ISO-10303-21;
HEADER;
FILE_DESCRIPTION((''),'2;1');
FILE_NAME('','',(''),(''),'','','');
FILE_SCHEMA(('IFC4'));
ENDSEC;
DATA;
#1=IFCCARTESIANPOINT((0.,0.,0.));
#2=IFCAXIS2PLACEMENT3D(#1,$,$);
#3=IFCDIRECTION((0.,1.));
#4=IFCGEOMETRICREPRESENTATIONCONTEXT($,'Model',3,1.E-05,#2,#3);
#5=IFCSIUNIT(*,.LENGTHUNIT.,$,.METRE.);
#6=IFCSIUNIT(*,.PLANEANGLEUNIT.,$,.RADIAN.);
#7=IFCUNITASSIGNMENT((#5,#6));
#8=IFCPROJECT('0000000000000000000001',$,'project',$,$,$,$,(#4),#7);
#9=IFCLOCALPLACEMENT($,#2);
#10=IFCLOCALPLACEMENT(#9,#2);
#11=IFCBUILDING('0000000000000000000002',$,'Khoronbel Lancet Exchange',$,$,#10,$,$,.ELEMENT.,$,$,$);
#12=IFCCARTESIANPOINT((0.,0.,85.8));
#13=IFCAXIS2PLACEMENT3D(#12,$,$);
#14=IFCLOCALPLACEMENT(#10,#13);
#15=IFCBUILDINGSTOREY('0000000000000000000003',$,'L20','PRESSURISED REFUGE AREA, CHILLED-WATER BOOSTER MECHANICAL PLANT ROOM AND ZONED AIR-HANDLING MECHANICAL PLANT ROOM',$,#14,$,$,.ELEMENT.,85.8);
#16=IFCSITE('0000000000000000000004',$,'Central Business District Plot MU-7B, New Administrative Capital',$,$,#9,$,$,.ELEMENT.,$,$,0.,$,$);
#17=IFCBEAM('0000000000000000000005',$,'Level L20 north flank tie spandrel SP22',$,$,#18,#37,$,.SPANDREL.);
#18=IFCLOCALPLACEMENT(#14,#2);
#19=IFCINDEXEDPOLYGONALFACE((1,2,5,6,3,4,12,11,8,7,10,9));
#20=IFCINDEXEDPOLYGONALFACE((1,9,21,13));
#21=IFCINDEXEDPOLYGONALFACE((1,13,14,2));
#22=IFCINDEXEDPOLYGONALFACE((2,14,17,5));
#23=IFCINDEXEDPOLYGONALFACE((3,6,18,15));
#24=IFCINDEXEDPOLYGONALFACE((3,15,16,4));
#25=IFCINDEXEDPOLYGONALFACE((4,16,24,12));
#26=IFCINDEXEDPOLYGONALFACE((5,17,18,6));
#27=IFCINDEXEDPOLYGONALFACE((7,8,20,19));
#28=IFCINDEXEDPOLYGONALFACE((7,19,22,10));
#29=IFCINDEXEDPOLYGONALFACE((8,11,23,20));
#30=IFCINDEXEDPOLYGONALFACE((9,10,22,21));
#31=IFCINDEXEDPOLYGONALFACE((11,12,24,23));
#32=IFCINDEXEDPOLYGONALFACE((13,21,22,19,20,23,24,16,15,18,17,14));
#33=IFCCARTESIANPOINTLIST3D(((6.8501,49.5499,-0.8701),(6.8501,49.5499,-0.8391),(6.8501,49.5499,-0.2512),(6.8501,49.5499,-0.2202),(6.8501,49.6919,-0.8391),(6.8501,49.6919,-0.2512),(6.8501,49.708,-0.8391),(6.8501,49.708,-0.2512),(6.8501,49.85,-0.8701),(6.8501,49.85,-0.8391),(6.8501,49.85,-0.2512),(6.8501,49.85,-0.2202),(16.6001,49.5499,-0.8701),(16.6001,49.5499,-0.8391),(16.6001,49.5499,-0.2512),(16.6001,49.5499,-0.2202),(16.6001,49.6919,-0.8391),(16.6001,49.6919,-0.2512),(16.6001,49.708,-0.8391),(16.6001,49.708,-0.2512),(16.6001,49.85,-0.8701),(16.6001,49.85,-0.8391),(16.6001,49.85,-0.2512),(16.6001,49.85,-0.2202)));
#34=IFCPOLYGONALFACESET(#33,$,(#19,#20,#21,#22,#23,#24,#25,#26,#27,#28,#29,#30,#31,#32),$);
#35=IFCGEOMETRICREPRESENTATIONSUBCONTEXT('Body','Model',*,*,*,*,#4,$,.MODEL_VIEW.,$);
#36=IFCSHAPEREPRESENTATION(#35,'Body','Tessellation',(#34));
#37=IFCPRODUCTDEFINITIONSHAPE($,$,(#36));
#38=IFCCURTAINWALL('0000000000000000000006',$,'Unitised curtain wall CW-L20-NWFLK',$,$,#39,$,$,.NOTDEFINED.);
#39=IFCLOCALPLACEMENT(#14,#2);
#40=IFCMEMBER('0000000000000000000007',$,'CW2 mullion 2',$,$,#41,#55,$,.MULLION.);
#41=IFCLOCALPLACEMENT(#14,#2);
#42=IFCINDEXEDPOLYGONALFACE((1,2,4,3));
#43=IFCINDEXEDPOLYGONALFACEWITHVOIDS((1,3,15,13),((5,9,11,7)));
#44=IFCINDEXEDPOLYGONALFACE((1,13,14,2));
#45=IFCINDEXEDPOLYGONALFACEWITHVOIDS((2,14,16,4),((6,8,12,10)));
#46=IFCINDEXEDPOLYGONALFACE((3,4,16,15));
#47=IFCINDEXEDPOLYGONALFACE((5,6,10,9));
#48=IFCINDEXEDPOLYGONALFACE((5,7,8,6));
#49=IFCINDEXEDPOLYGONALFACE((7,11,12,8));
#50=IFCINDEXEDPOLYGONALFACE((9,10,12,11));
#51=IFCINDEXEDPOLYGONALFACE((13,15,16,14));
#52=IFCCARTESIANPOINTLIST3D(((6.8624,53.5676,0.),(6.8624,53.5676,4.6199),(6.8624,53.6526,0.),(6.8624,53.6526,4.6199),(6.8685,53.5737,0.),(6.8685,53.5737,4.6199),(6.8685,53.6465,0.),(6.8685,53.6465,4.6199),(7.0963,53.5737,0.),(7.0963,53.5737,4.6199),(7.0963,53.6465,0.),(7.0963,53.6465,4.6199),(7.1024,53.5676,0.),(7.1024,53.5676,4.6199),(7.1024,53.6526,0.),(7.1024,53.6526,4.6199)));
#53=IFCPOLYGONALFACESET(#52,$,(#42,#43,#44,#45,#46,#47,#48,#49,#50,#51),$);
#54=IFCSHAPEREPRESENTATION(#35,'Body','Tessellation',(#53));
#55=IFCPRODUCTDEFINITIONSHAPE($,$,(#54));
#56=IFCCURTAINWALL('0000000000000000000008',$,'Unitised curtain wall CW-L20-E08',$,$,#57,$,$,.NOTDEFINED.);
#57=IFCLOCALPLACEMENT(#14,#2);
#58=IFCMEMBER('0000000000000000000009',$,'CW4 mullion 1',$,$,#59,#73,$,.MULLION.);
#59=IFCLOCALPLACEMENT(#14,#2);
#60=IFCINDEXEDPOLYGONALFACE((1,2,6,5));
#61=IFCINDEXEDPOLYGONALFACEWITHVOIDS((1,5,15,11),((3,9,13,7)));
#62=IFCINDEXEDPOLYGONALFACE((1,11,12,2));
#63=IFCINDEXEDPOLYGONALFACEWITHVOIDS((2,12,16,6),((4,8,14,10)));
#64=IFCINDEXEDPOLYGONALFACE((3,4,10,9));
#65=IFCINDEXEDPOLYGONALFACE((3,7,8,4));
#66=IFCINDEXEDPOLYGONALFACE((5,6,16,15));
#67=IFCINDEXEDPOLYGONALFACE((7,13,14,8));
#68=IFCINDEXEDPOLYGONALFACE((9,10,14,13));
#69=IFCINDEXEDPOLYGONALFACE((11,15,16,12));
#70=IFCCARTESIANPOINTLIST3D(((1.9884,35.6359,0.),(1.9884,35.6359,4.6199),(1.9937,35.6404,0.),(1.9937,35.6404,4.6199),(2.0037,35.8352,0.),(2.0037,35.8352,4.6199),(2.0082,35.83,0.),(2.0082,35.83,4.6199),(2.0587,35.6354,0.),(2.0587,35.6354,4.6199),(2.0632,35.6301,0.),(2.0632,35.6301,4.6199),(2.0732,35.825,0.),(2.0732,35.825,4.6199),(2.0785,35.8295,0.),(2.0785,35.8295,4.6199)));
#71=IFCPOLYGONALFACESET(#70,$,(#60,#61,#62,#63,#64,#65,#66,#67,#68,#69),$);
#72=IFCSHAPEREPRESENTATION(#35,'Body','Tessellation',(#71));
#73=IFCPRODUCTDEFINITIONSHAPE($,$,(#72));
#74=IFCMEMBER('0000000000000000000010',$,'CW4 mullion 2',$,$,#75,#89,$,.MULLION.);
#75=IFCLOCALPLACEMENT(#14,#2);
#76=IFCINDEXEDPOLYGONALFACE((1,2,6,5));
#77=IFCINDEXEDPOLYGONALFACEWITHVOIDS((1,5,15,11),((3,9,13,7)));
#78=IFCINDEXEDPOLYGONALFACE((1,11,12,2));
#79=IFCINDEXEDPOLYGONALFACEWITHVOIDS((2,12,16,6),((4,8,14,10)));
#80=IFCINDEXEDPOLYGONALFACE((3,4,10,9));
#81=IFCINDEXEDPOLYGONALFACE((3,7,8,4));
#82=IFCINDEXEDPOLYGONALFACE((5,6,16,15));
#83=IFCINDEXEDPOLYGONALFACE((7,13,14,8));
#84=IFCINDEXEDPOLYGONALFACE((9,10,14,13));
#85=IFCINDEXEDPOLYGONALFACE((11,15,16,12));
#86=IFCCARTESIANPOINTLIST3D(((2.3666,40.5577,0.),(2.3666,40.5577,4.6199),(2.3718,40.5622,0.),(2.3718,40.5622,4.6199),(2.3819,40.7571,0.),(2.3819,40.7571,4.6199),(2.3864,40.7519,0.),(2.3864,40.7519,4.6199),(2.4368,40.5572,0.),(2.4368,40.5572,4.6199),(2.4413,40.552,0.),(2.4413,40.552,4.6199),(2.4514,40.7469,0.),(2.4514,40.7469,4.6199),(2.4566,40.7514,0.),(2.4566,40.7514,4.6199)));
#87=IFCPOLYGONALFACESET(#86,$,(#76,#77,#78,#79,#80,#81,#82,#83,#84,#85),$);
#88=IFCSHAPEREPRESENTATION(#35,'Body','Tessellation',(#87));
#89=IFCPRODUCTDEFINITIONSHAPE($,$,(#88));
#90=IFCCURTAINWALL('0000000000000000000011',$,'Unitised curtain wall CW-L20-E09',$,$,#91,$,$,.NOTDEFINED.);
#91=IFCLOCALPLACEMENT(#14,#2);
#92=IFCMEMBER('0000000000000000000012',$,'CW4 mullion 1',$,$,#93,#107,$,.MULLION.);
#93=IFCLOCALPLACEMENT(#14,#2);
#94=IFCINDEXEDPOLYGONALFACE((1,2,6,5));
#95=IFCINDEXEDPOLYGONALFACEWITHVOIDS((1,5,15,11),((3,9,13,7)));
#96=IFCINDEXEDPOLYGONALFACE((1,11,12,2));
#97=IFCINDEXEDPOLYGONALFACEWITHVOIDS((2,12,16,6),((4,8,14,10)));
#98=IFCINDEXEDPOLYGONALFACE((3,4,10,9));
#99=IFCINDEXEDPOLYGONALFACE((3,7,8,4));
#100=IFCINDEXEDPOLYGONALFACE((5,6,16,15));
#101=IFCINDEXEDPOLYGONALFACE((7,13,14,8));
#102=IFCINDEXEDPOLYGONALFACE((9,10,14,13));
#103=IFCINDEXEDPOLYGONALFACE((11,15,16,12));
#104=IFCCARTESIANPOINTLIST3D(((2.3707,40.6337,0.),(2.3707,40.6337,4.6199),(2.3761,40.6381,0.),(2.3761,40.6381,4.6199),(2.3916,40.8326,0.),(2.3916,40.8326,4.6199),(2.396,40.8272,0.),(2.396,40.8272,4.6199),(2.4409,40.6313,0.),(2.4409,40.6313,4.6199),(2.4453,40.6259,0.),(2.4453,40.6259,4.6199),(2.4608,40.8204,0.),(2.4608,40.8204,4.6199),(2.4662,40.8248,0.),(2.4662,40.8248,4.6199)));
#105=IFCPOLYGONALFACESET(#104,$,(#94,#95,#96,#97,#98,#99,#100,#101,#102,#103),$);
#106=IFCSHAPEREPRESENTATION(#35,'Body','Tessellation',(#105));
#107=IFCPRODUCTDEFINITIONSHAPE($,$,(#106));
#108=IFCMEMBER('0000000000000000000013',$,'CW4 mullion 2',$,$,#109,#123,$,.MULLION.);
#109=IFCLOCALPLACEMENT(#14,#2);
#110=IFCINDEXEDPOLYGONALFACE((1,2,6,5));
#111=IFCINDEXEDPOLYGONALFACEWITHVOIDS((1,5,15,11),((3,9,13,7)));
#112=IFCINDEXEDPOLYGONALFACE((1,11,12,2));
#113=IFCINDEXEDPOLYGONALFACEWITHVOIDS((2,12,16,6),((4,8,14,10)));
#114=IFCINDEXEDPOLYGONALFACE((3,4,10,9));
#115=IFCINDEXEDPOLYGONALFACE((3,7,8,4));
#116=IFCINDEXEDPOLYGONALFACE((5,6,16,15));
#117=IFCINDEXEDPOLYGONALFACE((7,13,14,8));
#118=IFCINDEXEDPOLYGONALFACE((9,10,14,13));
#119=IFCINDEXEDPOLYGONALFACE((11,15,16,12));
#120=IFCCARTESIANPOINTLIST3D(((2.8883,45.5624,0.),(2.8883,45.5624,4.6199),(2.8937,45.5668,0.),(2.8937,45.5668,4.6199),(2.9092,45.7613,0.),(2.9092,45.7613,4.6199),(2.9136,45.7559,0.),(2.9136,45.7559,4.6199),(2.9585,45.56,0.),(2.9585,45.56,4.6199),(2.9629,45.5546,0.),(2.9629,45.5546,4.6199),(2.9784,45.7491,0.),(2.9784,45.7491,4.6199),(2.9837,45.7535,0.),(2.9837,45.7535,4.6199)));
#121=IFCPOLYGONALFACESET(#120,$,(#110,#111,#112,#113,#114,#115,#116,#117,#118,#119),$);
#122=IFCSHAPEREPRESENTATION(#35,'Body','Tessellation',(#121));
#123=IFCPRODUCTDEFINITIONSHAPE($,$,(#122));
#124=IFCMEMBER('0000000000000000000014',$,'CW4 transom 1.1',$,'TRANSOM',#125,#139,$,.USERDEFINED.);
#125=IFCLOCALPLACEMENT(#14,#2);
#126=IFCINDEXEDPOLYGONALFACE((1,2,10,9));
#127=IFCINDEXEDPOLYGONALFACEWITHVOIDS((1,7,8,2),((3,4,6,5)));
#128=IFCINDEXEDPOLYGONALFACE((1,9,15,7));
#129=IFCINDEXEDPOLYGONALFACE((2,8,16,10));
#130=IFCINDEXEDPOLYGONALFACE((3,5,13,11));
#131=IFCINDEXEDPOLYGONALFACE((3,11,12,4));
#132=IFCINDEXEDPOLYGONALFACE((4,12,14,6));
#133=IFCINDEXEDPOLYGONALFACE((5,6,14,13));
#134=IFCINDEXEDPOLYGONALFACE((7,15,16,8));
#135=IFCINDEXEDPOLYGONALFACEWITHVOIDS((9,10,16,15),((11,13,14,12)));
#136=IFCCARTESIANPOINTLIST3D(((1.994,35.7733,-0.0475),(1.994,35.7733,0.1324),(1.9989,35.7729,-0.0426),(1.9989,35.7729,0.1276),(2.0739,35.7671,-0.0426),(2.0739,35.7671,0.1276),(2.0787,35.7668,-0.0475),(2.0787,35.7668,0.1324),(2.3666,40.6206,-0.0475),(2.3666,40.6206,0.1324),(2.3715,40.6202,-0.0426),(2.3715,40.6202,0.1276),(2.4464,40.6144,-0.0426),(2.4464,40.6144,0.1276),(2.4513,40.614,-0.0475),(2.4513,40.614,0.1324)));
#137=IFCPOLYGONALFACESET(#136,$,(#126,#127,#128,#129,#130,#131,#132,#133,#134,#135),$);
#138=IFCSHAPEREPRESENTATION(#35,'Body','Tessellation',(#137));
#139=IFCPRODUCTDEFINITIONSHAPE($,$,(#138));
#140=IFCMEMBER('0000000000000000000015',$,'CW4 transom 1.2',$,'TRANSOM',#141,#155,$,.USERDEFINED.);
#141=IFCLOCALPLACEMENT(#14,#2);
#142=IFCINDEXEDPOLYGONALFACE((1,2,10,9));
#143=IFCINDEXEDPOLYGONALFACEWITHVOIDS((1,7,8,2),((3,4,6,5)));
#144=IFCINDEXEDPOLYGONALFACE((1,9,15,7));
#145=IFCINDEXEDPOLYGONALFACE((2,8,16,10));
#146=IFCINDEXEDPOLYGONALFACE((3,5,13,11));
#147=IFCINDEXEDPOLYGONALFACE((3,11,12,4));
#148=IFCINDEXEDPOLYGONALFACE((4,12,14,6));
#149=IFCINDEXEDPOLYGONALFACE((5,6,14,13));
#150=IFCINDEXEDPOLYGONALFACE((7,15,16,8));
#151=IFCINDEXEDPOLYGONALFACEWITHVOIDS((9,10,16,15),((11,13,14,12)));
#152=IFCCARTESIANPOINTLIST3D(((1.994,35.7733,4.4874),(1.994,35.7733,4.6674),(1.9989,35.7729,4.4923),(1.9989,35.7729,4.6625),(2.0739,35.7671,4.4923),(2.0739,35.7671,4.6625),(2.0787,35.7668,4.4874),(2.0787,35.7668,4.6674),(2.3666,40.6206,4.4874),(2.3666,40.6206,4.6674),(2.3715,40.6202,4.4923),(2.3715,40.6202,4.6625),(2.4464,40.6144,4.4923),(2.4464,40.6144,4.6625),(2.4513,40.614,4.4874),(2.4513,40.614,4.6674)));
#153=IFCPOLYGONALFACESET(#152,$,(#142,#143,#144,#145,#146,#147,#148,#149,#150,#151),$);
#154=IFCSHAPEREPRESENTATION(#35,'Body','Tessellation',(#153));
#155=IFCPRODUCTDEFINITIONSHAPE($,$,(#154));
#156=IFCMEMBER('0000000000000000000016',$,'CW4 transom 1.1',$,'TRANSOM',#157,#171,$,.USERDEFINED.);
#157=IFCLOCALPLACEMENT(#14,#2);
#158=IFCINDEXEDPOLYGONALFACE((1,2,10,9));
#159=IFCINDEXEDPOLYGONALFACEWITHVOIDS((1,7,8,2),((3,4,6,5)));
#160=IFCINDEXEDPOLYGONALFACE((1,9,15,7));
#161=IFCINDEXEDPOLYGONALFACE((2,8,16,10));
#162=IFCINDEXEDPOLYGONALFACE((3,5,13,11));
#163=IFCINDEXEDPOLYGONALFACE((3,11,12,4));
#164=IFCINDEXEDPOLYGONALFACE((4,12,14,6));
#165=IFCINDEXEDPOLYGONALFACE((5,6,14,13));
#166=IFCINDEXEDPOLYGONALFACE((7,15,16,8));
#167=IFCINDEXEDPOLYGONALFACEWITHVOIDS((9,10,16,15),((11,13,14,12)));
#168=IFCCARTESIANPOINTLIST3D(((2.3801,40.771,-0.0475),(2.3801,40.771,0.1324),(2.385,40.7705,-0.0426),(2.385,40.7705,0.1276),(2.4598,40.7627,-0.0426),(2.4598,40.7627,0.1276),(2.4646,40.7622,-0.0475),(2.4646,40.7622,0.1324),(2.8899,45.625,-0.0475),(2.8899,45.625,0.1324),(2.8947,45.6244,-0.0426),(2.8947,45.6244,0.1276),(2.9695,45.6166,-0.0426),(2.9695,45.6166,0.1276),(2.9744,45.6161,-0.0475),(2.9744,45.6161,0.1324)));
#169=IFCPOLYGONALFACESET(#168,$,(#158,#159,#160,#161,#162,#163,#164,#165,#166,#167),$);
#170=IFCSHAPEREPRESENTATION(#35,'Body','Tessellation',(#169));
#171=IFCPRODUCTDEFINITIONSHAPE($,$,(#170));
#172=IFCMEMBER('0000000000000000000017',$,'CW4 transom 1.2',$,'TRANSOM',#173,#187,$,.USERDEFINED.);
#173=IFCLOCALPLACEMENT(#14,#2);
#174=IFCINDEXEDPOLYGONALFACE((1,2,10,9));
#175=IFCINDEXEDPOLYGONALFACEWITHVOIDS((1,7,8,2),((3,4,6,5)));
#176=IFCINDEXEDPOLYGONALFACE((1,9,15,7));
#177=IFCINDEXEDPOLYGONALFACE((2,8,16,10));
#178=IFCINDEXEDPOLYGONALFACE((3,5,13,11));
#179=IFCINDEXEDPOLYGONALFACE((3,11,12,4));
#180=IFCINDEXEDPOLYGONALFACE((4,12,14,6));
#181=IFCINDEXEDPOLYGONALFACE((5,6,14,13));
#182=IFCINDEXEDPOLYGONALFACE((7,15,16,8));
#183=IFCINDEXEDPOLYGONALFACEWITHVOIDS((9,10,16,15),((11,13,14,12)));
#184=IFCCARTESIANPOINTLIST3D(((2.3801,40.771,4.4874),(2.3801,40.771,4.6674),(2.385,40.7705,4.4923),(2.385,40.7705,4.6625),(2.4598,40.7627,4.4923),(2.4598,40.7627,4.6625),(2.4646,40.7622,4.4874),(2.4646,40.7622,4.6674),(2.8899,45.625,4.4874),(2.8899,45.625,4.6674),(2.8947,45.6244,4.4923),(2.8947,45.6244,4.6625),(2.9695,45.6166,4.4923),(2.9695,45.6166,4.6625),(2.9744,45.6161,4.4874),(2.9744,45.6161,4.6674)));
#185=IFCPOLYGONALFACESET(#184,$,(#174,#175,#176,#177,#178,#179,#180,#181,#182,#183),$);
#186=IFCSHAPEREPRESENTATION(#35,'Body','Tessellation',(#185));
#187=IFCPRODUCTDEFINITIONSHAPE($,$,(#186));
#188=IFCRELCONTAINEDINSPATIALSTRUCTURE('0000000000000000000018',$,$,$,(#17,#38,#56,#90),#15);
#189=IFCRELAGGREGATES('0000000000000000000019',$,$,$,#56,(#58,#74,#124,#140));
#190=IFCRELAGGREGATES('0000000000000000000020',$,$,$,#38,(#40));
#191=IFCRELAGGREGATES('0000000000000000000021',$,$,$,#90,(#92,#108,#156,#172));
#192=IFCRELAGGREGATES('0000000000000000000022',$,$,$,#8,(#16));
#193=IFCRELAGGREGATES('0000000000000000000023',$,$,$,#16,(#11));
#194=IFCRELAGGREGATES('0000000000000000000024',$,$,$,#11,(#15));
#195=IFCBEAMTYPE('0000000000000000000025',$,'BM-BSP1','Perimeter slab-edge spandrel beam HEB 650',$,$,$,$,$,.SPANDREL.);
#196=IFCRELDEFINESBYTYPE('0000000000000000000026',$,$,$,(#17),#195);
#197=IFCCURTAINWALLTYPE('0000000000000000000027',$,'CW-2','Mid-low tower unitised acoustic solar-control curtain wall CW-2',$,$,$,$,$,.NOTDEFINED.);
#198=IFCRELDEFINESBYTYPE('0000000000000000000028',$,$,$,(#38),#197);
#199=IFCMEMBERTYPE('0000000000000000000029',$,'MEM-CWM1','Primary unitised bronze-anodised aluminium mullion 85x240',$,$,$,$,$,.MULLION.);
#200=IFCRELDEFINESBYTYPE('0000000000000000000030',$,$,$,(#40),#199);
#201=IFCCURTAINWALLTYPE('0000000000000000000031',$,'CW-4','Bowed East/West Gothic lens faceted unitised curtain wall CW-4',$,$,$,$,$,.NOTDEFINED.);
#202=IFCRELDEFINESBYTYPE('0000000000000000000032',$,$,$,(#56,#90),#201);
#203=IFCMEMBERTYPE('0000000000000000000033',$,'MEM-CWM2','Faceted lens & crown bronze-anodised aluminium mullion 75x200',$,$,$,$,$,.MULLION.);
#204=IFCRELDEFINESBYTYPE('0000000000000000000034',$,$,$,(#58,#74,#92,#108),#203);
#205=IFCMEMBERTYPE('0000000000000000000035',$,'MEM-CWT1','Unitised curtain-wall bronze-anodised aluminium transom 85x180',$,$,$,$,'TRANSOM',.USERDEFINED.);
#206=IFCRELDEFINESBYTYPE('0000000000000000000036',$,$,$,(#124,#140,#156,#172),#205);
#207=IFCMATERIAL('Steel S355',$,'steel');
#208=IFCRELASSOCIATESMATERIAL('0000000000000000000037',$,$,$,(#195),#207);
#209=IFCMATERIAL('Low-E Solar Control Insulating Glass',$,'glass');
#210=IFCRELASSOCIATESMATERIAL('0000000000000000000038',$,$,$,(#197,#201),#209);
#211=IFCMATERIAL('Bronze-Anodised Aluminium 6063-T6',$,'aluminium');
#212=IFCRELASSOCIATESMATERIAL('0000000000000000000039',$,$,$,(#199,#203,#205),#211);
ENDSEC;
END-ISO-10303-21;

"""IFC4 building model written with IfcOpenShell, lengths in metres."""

from ifc_helpers import new_model, si_unit, direction, frame, origin, origin_2d, place, context, subcontext, project, spatial, hollow_rectangle, i_section, extrude, material, material_profile, profile_set, type_object, element, aggregate, save


model = new_model("IFC4")

# Units and contexts
model_context = context("Model", 3, precision=1e-05, world=origin(), true_north=direction((0.0, 1.0)))
body_context = subcontext(model_context, "Body", "Model", "MODEL_VIEW")
ifc_project = project(units=[si_unit("LENGTHUNIT", "METRE"), si_unit("PLANEANGLEUNIT", "RADIAN")], contexts=[model_context])

# Site, building, storey
site_placement = place(None, origin())
site = spatial("IfcSite", under=ifc_project, at=site_placement, Name="Central Business District Plot MU-7B, New Administrative Capital", CompositionType="ELEMENT", RefElevation=0.0)
building_placement = place(site_placement, origin())
building = spatial("IfcBuilding", under=site, at=building_placement, Name="Khoronbel Lancet Exchange", CompositionType="ELEMENT")
storey_placement = place(building_placement, frame((0.0, 0.0, 85.8)))
storey = spatial("IfcBuildingStorey", under=building, at=storey_placement, Name="L20", Description="PRESSURISED REFUGE AREA, CHILLED-WATER BOOSTER MECHANICAL PLANT ROOM AND ZONED AIR-HANDLING MECHANICAL PLANT ROOM", CompositionType="ELEMENT", Elevation=85.8)

# Shared definitions
ifc_material_1 = material(Name="Steel S355", Category="steel")

# Beam
ifc_material_profile_1 = material_profile(ifc_material_1, i_section(OverallWidth=0.3, OverallDepth=0.6499, WebThickness=0.0161, FlangeThickness=0.031, at=origin_2d()), Name="HEB 650")
ifc_profile_set_1 = profile_set([ifc_material_profile_1], Name="Steel S355")
beam_type_1 = type_object("IfcBeamType", Name="BM-BSP1", Description="Perimeter slab-edge spandrel beam HEB 650", PredefinedType="SPANDREL", material=ifc_profile_set_1)
beam_1_placement = place(storey_placement, frame((6.8501, 49.7, -0.5452), z_axis=(1.0, 0.0, 0.0), x_axis=(0.0, 1.0, 0.0)))
element("IfcBeam", 1, at=beam_1_placement, inside=storey, type_object=beam_type_1, Name="Level L20 north flank tie spandrel SP22", PredefinedType="SPANDREL", context=body_context, shape_type="SweptSolid", body=[
    extrude(i_section(OverallWidth=0.3, OverallDepth=0.6499, WebThickness=0.0161, FlangeThickness=0.031, at=origin_2d()), origin(), (0.0, 0.0, 1.0), 9.75),
])

# Curtain wall, member
ifc_material_2 = material(Name="Low-E Solar Control Insulating Glass", Category="glass")
curtain_wall_type_1 = type_object("IfcCurtainWallType", Name="CW-2", Description="Mid-low tower unitised acoustic solar-control curtain wall CW-2", PredefinedType="NOTDEFINED", material=ifc_material_2)
curtain_wall_1_placement = place(storey_placement, origin())
curtain_wall_1 = element("IfcCurtainWall", 2, at=curtain_wall_1_placement, inside=storey, type_object=curtain_wall_type_1, Name="Unitised curtain wall CW-L20-NWFLK", PredefinedType="NOTDEFINED")
ifc_material_3 = material(Name="Bronze-Anodised Aluminium 6063-T6", Category="aluminium")
ifc_material_profile_2 = material_profile(ifc_material_3, hollow_rectangle(XDim=0.085, YDim=0.24, WallThickness=0.0061, at=origin_2d()), Name="ALU MULLION 85x240")
ifc_profile_set_2 = profile_set([ifc_material_profile_2], Name="Bronze-Anodised Aluminium 6063-T6")
member_type_1 = type_object("IfcMemberType", Name="MEM-CWM1", Description="Primary unitised bronze-anodised aluminium mullion 85x240", PredefinedType="MULLION", material=ifc_profile_set_2)
member_1_placement = place(storey_placement, frame((6.9824, 53.6101, 0.0), z_axis=(0.0, 0.0, 1.0), x_axis=(0.0, -1.0, 0.0)))
member_1 = element("IfcMember", 3, at=member_1_placement, type_object=member_type_1, Name="CW2 mullion 2", PredefinedType="MULLION", context=body_context, shape_type="SweptSolid", body=[
    extrude(hollow_rectangle(XDim=0.085, YDim=0.24, WallThickness=0.0061, at=origin_2d()), origin(), (0.0, 0.0, 1.0), 4.6199),
])

# Curtain walls, members
curtain_wall_type_2 = type_object("IfcCurtainWallType", Name="CW-4", Description="Bowed East/West Gothic lens faceted unitised curtain wall CW-4", PredefinedType="NOTDEFINED", material=ifc_material_2)
curtain_wall_2_placement = place(storey_placement, origin())
curtain_wall_2 = element("IfcCurtainWall", 4, at=curtain_wall_2_placement, inside=storey, type_object=curtain_wall_type_2, Name="Unitised curtain wall CW-L20-E08", PredefinedType="NOTDEFINED")
ifc_material_profile_3 = material_profile(ifc_material_3, hollow_rectangle(XDim=0.075, YDim=0.2, WallThickness=0.0049, at=origin_2d()), Name="ALU MULLION 75x200")
ifc_profile_set_3 = profile_set([ifc_material_profile_3], Name="Bronze-Anodised Aluminium 6063-T6")
member_type_2 = type_object("IfcMemberType", Name="MEM-CWM2", Description="Faceted lens & crown bronze-anodised aluminium mullion 75x200", PredefinedType="MULLION", material=ifc_profile_set_3)
member_2_placement = place(storey_placement, frame((2.0334, 35.7327, 0.0), z_axis=(0.0, 0.0, 1.0), x_axis=(-0.99706, 0.076626, 0.0)))
member_2 = element("IfcMember", 5, at=member_2_placement, type_object=member_type_2, Name="CW4 mullion 1", PredefinedType="MULLION", context=body_context, shape_type="SweptSolid", body=[
    extrude(hollow_rectangle(XDim=0.075, YDim=0.2, WallThickness=0.0049, at=origin_2d()), origin(), (0.0, 0.0, 1.0), 4.6199),
])
member_3_placement = place(storey_placement, frame((2.4116, 40.6545, 0.0), z_axis=(0.0, 0.0, 1.0), x_axis=(-0.99706, 0.076626, 0.0)))
member_3 = element("IfcMember", 6, at=member_3_placement, type_object=member_type_2, Name="CW4 mullion 2", PredefinedType="MULLION", context=body_context, shape_type="SweptSolid", body=[
    extrude(hollow_rectangle(XDim=0.075, YDim=0.2, WallThickness=0.0049, at=origin_2d()), origin(), (0.0, 0.0, 1.0), 4.6199),
])
curtain_wall_3_placement = place(storey_placement, origin())
curtain_wall_3 = element("IfcCurtainWall", 7, at=curtain_wall_3_placement, inside=storey, type_object=curtain_wall_type_2, Name="Unitised curtain wall CW-L20-E09", PredefinedType="NOTDEFINED")
member_4_placement = place(storey_placement, frame((2.4185, 40.7292, 0.0), z_axis=(0.0, 0.0, 1.0), x_axis=(-0.994532, 0.104434, 0.0)))
member_4 = element("IfcMember", 8, at=member_4_placement, type_object=member_type_2, Name="CW4 mullion 1", PredefinedType="MULLION", context=body_context, shape_type="SweptSolid", body=[
    extrude(hollow_rectangle(XDim=0.075, YDim=0.2, WallThickness=0.0049, at=origin_2d()), origin(), (0.0, 0.0, 1.0), 4.6199),
])
member_5_placement = place(storey_placement, frame((2.936, 45.658, 0.0), z_axis=(0.0, 0.0, 1.0), x_axis=(-0.994532, 0.104434, 0.0)))
member_5 = element("IfcMember", 9, at=member_5_placement, type_object=member_type_2, Name="CW4 mullion 2", PredefinedType="MULLION", context=body_context, shape_type="SweptSolid", body=[
    extrude(hollow_rectangle(XDim=0.075, YDim=0.2, WallThickness=0.0049, at=origin_2d()), origin(), (0.0, 0.0, 1.0), 4.6199),
])

# Members
ifc_material_profile_4 = material_profile(ifc_material_3, hollow_rectangle(XDim=0.085, YDim=0.1799, WallThickness=0.0049, at=origin_2d()), Name="ALU TRANSOM 85x180")
ifc_profile_set_4 = profile_set([ifc_material_profile_4], Name="Bronze-Anodised Aluminium 6063-T6")
member_type_3 = type_object("IfcMemberType", Name="MEM-CWT1", Description="Unitised curtain-wall bronze-anodised aluminium transom 85x180", ElementType="TRANSOM", PredefinedType="USERDEFINED", material=ifc_profile_set_4)
member_6_placement = place(storey_placement, frame((2.0364, 35.77, 0.0425), z_axis=(0.076635, 0.997059, 0.0), x_axis=(-0.997059, 0.076635, 0.0)))
member_6 = element("IfcMember", 10, at=member_6_placement, type_object=member_type_3, Name="CW4 transom 1.1", ObjectType="TRANSOM", PredefinedType="USERDEFINED", context=body_context, shape_type="SweptSolid", body=[
    extrude(hollow_rectangle(XDim=0.085, YDim=0.1799, WallThickness=0.0049, at=origin_2d()), origin(), (0.0, 0.0, 1.0), 4.8616),
])
member_7_placement = place(storey_placement, frame((2.0364, 35.77, 4.5774), z_axis=(0.076635, 0.997059, 0.0), x_axis=(-0.997059, 0.076635, 0.0)))
member_7 = element("IfcMember", 11, at=member_7_placement, type_object=member_type_3, Name="CW4 transom 1.2", ObjectType="TRANSOM", PredefinedType="USERDEFINED", context=body_context, shape_type="SweptSolid", body=[
    extrude(hollow_rectangle(XDim=0.085, YDim=0.1799, WallThickness=0.0049, at=origin_2d()), origin(), (0.0, 0.0, 1.0), 4.8616),
])
member_8_placement = place(storey_placement, frame((2.4224, 40.7666, 0.0425), z_axis=(0.104445, 0.994531, 0.0), x_axis=(-0.994531, 0.104445, 0.0)))
member_8 = element("IfcMember", 12, at=member_8_placement, type_object=member_type_3, Name="CW4 transom 1.1", ObjectType="TRANSOM", PredefinedType="USERDEFINED", context=body_context, shape_type="SweptSolid", body=[
    extrude(hollow_rectangle(XDim=0.085, YDim=0.1799, WallThickness=0.0049, at=origin_2d()), origin(), (0.0, 0.0, 1.0), 4.8806),
])
member_9_placement = place(storey_placement, frame((2.4224, 40.7666, 4.5774), z_axis=(0.104445, 0.994531, 0.0), x_axis=(-0.994531, 0.104445, 0.0)))
member_9 = element("IfcMember", 13, at=member_9_placement, type_object=member_type_3, Name="CW4 transom 1.2", ObjectType="TRANSOM", PredefinedType="USERDEFINED", context=body_context, shape_type="SweptSolid", body=[
    extrude(hollow_rectangle(XDim=0.085, YDim=0.1799, WallThickness=0.0049, at=origin_2d()), origin(), (0.0, 0.0, 1.0), 4.8806),
])

aggregate(curtain_wall_2, [member_2, member_3, member_6, member_7])
aggregate(curtain_wall_1, [member_1])
aggregate(curtain_wall_3, [member_4, member_5, member_8, member_9])

save(model, "model.ifc")
